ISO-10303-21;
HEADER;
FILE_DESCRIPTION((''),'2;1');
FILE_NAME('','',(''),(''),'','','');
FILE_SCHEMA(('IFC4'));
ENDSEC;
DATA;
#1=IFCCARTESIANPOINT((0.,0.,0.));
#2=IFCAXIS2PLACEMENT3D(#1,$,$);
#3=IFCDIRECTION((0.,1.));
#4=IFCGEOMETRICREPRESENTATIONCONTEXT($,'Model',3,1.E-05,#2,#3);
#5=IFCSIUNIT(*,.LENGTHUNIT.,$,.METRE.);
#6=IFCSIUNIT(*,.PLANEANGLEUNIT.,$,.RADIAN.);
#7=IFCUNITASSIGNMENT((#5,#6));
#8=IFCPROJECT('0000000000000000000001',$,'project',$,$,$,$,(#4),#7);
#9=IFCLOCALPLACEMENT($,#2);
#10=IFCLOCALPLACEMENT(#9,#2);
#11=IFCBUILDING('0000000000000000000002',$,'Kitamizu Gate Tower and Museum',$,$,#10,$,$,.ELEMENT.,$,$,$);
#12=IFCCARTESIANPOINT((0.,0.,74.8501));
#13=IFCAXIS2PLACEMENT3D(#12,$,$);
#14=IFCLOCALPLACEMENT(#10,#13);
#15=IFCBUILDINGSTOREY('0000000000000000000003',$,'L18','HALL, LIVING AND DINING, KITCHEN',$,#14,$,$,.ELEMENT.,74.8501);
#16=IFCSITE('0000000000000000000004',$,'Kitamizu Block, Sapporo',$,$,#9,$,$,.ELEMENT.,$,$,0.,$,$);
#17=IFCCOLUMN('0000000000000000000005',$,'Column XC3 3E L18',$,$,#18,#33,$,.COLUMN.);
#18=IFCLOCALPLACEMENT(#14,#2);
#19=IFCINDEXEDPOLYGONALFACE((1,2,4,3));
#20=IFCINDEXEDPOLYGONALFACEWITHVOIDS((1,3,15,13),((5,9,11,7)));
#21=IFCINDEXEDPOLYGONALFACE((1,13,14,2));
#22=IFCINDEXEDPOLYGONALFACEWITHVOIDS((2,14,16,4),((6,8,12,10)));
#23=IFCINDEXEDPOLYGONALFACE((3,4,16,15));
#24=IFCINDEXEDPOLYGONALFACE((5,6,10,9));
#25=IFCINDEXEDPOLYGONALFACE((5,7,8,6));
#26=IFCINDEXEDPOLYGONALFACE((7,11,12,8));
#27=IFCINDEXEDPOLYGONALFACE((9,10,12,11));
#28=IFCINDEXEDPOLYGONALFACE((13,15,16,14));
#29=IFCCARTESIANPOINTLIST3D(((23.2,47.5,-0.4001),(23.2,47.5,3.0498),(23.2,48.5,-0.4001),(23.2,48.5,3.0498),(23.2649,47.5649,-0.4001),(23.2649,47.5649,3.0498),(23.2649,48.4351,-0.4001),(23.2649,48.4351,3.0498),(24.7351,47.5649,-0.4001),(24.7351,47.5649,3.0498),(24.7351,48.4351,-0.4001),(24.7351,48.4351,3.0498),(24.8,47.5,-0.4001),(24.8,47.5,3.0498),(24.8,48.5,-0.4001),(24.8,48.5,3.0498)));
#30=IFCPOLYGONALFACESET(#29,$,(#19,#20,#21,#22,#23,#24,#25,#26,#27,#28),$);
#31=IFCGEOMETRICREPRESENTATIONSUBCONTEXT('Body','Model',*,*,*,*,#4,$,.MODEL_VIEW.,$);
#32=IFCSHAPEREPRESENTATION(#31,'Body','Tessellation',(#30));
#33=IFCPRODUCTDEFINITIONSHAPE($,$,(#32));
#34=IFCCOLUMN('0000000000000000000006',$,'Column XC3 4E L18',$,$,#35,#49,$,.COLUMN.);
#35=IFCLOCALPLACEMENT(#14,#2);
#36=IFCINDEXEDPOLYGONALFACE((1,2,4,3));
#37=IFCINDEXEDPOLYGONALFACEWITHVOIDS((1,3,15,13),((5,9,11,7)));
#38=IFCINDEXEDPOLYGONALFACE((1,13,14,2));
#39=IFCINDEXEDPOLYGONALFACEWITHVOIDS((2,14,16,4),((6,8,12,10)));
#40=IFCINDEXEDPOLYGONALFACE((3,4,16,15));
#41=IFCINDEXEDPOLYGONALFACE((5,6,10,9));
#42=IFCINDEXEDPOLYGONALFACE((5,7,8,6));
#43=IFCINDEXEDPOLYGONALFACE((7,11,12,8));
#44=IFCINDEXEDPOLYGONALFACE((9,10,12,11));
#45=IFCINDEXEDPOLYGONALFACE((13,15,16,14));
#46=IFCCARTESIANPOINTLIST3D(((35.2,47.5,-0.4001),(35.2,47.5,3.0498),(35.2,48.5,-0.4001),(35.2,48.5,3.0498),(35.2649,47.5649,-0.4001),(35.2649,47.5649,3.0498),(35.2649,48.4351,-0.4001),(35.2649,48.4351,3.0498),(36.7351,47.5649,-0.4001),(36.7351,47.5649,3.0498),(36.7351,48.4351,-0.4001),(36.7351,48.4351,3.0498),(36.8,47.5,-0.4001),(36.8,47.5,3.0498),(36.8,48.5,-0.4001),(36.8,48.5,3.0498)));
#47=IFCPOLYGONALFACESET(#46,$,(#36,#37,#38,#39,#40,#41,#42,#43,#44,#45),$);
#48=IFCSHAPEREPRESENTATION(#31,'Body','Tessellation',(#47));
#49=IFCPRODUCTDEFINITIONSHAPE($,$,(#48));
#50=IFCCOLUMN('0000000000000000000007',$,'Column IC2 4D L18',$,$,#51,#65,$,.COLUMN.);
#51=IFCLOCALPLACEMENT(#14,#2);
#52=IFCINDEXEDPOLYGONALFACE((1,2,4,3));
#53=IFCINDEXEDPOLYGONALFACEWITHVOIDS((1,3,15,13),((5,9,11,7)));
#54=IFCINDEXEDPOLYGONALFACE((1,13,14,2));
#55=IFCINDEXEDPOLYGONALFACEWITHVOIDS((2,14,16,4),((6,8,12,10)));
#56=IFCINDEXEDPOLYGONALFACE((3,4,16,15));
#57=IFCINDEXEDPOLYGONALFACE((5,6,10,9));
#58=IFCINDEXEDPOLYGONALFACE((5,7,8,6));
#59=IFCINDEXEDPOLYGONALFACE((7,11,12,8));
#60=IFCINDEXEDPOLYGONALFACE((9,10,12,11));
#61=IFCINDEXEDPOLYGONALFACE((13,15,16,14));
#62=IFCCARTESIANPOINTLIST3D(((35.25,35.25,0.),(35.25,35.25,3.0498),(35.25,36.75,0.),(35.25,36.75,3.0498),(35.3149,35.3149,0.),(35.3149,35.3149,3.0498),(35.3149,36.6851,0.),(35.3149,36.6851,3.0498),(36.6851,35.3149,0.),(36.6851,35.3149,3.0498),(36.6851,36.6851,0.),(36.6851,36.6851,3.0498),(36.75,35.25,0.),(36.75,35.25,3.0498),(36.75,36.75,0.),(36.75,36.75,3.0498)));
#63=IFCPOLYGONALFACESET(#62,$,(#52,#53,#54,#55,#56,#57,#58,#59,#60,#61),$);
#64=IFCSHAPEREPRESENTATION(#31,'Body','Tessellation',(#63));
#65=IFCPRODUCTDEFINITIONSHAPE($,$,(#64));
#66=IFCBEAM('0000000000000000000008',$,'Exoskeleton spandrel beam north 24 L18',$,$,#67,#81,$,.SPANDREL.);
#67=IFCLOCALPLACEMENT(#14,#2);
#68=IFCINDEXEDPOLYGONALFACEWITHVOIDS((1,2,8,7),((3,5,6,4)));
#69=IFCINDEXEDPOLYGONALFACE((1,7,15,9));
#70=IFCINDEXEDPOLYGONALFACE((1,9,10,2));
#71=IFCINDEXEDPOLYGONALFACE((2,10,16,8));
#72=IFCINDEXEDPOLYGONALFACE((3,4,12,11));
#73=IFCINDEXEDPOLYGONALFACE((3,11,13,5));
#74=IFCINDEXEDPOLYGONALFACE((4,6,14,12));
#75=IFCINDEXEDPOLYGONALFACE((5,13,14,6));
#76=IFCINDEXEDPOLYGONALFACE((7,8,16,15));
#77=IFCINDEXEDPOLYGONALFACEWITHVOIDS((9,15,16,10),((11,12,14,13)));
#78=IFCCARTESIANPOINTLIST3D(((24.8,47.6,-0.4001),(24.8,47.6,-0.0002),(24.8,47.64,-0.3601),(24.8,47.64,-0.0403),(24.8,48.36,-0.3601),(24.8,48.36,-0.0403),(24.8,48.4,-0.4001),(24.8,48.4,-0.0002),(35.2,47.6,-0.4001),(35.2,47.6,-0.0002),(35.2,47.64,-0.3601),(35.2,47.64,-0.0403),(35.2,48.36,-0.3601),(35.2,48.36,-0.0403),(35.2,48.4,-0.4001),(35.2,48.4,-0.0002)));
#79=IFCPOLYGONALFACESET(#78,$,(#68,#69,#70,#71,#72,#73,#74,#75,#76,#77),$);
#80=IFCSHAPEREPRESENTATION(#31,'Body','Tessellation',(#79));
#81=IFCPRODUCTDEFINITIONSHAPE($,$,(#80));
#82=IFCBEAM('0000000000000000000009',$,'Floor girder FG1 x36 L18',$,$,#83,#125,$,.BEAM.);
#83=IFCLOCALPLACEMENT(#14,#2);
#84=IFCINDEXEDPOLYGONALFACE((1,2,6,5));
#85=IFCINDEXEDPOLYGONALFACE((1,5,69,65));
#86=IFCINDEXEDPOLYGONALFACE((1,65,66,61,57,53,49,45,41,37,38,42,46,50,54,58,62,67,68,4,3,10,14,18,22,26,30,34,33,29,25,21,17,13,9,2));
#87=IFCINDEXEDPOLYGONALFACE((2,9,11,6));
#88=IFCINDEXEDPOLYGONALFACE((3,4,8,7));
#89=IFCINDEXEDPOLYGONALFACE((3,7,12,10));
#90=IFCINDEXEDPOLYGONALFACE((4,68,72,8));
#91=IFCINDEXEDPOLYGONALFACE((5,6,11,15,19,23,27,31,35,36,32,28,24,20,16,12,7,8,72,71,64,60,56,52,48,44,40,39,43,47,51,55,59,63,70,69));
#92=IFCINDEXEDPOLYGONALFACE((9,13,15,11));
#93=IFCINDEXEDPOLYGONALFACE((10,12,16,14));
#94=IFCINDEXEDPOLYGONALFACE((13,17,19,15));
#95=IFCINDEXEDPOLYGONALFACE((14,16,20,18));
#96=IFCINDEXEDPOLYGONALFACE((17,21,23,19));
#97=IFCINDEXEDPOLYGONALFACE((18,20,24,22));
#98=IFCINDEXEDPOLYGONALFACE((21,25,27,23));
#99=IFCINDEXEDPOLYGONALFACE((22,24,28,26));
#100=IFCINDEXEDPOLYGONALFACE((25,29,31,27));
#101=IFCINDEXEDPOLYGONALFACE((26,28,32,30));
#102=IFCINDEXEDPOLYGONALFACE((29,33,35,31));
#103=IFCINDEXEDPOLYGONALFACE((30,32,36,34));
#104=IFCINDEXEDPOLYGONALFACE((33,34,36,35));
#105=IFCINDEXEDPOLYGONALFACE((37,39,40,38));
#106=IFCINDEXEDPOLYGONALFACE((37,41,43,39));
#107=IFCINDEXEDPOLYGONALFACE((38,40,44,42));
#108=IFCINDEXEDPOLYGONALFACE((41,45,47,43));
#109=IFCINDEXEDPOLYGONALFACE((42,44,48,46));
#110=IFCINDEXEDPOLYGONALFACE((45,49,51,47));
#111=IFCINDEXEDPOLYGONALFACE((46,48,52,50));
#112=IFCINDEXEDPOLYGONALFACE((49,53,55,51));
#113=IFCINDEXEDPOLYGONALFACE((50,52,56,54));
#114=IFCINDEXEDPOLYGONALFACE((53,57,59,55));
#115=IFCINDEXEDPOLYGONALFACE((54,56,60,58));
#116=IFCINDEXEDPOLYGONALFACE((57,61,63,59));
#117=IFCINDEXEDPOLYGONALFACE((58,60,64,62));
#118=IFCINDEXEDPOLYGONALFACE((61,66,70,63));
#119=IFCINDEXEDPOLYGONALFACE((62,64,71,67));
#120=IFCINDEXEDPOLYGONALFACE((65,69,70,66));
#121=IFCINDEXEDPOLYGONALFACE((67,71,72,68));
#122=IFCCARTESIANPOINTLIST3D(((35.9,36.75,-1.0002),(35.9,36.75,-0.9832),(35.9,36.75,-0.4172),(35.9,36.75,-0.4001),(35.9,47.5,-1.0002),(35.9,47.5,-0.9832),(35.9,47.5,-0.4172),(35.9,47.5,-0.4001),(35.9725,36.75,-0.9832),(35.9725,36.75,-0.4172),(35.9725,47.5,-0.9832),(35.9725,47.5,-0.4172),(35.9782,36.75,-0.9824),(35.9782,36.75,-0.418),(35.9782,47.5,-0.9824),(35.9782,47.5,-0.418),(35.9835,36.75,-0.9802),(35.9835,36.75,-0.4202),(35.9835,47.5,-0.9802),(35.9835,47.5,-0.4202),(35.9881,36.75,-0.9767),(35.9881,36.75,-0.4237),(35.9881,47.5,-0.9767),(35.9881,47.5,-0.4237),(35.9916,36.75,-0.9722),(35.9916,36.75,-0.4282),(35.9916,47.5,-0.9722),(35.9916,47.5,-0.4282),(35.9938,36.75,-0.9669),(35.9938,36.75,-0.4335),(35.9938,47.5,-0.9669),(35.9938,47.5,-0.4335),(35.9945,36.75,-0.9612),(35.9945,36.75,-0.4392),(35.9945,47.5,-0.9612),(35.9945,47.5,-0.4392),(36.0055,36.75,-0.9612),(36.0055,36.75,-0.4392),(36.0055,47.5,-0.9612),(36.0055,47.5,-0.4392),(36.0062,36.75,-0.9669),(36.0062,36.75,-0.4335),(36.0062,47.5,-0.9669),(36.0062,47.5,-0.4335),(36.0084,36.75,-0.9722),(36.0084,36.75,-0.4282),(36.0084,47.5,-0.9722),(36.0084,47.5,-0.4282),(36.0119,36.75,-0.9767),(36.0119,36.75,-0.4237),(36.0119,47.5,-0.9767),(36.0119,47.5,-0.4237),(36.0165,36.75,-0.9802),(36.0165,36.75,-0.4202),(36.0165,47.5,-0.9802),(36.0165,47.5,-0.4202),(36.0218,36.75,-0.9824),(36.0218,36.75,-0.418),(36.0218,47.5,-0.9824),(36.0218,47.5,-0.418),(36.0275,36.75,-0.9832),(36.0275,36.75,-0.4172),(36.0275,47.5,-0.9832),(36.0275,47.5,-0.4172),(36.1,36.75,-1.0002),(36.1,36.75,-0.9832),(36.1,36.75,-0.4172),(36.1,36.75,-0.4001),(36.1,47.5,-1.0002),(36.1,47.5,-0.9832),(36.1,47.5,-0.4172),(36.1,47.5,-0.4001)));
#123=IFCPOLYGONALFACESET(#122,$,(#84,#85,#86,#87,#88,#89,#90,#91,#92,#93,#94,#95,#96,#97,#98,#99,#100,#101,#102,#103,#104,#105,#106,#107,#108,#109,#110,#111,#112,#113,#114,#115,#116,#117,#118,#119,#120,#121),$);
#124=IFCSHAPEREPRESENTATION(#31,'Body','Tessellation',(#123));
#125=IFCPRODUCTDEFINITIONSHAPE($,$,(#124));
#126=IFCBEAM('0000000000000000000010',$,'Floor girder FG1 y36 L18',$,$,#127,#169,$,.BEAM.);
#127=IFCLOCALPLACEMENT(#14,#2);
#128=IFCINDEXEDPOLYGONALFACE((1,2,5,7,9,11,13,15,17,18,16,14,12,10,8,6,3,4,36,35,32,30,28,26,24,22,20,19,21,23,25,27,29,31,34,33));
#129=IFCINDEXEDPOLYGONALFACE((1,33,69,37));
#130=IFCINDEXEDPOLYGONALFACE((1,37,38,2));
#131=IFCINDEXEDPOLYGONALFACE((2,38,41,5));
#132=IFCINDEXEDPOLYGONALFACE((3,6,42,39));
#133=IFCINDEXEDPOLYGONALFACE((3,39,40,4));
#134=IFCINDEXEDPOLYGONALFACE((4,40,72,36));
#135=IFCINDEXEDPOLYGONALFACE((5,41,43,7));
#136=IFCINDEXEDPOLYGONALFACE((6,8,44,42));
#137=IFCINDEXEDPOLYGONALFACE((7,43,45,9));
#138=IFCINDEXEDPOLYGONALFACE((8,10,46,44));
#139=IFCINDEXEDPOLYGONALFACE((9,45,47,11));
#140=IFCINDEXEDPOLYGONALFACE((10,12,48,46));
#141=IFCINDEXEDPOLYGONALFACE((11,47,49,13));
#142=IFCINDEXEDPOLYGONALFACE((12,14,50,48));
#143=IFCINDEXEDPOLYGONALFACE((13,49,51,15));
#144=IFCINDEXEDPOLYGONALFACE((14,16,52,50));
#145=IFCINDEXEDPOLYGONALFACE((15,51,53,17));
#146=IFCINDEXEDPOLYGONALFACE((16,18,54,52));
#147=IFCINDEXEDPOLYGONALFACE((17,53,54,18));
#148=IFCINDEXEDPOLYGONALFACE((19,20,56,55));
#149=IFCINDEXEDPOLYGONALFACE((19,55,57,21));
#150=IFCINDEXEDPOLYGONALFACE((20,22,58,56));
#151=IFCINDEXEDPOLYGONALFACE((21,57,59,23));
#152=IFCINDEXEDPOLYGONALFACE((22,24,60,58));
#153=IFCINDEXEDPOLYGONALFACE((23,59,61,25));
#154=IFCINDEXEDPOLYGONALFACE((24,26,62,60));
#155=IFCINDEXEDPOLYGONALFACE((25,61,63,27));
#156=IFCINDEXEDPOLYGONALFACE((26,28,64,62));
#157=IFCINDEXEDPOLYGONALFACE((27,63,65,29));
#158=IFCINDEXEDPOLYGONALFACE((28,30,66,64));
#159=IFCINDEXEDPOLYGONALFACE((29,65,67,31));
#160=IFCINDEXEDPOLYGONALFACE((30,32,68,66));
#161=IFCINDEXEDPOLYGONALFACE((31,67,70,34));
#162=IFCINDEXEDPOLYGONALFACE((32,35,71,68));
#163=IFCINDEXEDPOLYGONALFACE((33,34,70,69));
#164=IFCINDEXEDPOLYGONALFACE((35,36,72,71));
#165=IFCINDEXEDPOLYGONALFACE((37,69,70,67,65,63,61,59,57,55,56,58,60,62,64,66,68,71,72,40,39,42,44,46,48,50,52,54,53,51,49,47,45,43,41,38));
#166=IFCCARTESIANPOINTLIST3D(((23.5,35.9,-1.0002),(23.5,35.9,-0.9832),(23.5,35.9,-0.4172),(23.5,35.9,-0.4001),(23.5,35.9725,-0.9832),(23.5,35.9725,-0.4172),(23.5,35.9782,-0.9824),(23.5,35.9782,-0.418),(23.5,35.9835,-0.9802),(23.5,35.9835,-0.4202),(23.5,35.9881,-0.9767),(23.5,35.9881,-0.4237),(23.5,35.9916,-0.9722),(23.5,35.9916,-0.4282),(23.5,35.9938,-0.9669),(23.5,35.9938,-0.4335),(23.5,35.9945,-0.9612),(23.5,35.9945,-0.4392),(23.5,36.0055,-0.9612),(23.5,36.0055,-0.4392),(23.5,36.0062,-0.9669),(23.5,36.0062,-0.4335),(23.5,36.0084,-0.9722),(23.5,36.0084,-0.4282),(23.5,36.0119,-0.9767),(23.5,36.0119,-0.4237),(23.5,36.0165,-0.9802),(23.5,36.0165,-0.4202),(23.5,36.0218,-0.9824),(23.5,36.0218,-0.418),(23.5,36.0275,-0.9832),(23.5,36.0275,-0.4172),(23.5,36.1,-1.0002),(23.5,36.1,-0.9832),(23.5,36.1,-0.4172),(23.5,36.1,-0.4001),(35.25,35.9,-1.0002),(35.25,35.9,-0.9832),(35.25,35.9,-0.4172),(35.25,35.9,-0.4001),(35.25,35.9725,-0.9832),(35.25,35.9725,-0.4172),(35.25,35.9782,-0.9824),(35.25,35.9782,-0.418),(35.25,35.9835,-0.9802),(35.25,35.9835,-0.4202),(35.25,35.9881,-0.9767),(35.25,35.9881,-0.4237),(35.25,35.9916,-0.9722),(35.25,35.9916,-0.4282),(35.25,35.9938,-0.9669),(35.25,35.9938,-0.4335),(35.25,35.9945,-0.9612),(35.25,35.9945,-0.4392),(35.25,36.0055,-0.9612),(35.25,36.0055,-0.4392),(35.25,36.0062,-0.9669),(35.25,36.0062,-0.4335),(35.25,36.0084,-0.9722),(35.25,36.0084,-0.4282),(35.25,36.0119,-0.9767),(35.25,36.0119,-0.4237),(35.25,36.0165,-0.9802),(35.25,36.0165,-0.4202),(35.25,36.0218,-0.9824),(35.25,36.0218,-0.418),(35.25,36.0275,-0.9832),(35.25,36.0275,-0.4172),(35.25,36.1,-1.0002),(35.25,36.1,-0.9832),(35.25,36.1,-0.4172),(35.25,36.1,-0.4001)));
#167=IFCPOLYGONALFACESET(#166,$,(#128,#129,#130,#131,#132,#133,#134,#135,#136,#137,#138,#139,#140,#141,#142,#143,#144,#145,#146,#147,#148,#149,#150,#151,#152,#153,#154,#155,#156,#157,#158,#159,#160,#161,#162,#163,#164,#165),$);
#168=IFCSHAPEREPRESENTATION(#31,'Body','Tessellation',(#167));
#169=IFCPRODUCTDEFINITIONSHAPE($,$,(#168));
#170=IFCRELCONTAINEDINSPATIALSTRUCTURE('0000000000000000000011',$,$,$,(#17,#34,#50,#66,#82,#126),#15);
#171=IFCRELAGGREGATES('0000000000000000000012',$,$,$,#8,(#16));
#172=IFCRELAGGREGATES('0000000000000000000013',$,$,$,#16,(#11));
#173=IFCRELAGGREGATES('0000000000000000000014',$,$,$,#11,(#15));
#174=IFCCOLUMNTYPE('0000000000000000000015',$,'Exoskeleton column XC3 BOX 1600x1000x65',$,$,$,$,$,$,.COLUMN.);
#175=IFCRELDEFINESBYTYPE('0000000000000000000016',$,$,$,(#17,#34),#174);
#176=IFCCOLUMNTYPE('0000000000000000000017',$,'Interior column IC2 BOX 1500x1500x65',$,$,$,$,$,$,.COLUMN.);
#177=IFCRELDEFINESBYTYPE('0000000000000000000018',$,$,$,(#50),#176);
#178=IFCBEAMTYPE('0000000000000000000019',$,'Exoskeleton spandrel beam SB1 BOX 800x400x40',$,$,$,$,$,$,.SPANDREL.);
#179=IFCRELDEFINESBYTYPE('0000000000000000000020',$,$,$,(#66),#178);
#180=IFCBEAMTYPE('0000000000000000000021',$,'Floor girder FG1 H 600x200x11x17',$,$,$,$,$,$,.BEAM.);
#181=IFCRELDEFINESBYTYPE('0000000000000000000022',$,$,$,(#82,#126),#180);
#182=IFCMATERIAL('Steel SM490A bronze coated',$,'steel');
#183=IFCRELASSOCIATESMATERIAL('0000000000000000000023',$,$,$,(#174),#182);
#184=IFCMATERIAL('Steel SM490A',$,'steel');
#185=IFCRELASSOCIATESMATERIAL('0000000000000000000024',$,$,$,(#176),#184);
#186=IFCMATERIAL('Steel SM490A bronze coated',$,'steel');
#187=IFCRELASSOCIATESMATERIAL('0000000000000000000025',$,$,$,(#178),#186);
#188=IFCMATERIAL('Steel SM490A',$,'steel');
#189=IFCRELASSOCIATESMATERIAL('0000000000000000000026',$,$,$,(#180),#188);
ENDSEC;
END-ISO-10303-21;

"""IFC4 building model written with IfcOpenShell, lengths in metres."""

from ifc_helpers import new_model, si_unit, direction, frame, origin, origin_2d, place, context, subcontext, project, spatial, hollow_rectangle, i_section, extrude, material, material_profile, profile_set, type_object, element, save


model = new_model("IFC4")

# Units and contexts
model_context = context("Model", 3, precision=1e-05, world=origin(), true_north=direction((0.0, 1.0)))
body_context = subcontext(model_context, "Body", "Model", "MODEL_VIEW")
ifc_project = project(units=[si_unit("LENGTHUNIT", "METRE"), si_unit("PLANEANGLEUNIT", "RADIAN")], contexts=[model_context])

# Site, building, storey
site_placement = place(None, origin())
site = spatial("IfcSite", under=ifc_project, at=site_placement, Name="Kitamizu Block, Sapporo", CompositionType="ELEMENT", RefElevation=0.0)
building_placement = place(site_placement, origin())
building = spatial("IfcBuilding", under=site, at=building_placement, Name="Kitamizu Gate Tower and Museum", CompositionType="ELEMENT")
storey_placement = place(building_placement, frame((0.0, 0.0, 74.8501)))
storey = spatial("IfcBuildingStorey", under=building, at=storey_placement, Name="L18", Description="HALL, LIVING AND DINING, KITCHEN", CompositionType="ELEMENT", Elevation=74.8501)

# Columns
ifc_material_1 = material(Name="Steel SM490A bronze coated", Category="steel")
ifc_material_profile_1 = material_profile(ifc_material_1, hollow_rectangle(XDim=1.6001, YDim=1.0, WallThickness=0.0649, at=origin_2d()), Name="BOX 1600x1000x65")
ifc_profile_set_1 = profile_set([ifc_material_profile_1], Name="Steel SM490A bronze coated")
column_type_1 = type_object("IfcColumnType", Name="Exoskeleton column XC3 BOX 1600x1000x65", PredefinedType="COLUMN", material=ifc_profile_set_1)
for number, where, z_axis, x_axis, name in (
    (1, (24.0, 48.0, -0.4001), (0.0, 0.0, 1.0), (1.0, 0.0, 0.0), "Column XC3 3E L18"),
    (2, (36.0, 48.0, -0.4001), (0.0, 0.0, 1.0), (1.0, 0.0, 0.0), "Column XC3 4E L18"),
):
    element("IfcColumn", number, at=place(storey_placement, frame(where, z_axis=z_axis, x_axis=x_axis)), inside=storey, type_object=column_type_1, Name=name, PredefinedType="COLUMN", context=body_context, shape_type="SweptSolid", body=[
        extrude(hollow_rectangle(XDim=1.6001, YDim=1.0, WallThickness=0.0649, at=origin_2d()), origin(), (0.0, 0.0, 1.0), 3.45),
    ])
ifc_material_2 = material(Name="Steel SM490A", Category="steel")
ifc_material_profile_2 = material_profile(ifc_material_2, hollow_rectangle(XDim=1.5, YDim=1.5, WallThickness=0.0649, at=origin_2d()), Name="BOX 1500x1500x65")
ifc_profile_set_2 = profile_set([ifc_material_profile_2], Name="Steel SM490A")
column_type_2 = type_object("IfcColumnType", Name="Interior column IC2 BOX 1500x1500x65", PredefinedType="COLUMN", material=ifc_profile_set_2)
column_placement = place(storey_placement, frame((36.0, 36.0, 0.0), z_axis=(0.0, 0.0, 1.0), x_axis=(1.0, 0.0, 0.0)))
element("IfcColumn", 3, at=column_placement, inside=storey, type_object=column_type_2, Name="Column IC2 4D L18", PredefinedType="COLUMN", context=body_context, shape_type="SweptSolid", body=[
    extrude(hollow_rectangle(XDim=1.5, YDim=1.5, WallThickness=0.0649, at=origin_2d()), origin(), (0.0, 0.0, 1.0), 3.0498),
])

# Beams
ifc_material_3 = material(Name="Steel SM490A bronze coated", Category="steel")
ifc_material_profile_3 = material_profile(ifc_material_3, hollow_rectangle(XDim=0.8, YDim=0.3999, WallThickness=0.04, at=origin_2d()), Name="BOX 800x400x40")
ifc_profile_set_3 = profile_set([ifc_material_profile_3], Name="Steel SM490A bronze coated")
beam_type_1 = type_object("IfcBeamType", Name="Exoskeleton spandrel beam SB1 BOX 800x400x40", PredefinedType="SPANDREL", material=ifc_profile_set_3)
beam_1_placement = place(storey_placement, frame((24.8, 48.0, -0.2002), z_axis=(1.0, 0.0, 0.0), x_axis=(0.0, 1.0, 0.0)))
element("IfcBeam", 4, at=beam_1_placement, inside=storey, type_object=beam_type_1, Name="Exoskeleton spandrel beam north 24 L18", PredefinedType="SPANDREL", context=body_context, shape_type="SweptSolid", body=[
    extrude(hollow_rectangle(XDim=0.8, YDim=0.3999, WallThickness=0.04, at=origin_2d()), origin(), (0.0, 0.0, 1.0), 10.3999),
])
ifc_material_4 = material(Name="Steel SM490A", Category="steel")
ifc_material_profile_4 = material_profile(ifc_material_4, i_section(OverallWidth=0.2, OverallDepth=0.6001, WebThickness=0.011, FlangeThickness=0.0171, FilletRadius=0.022, at=origin_2d()), Name="H-600x200x11x17")
ifc_profile_set_4 = profile_set([ifc_material_profile_4], Name="Steel SM490A")
beam_type_2 = type_object("IfcBeamType", Name="Floor girder FG1 H 600x200x11x17", PredefinedType="BEAM", material=ifc_profile_set_4)
beam_2_placement = place(storey_placement, frame((36.0, 36.75, -0.7002), z_axis=(0.0, 1.0, 0.0), x_axis=(-1.0, 0.0, 0.0)))
element("IfcBeam", 5, at=beam_2_placement, inside=storey, type_object=beam_type_2, Name="Floor girder FG1 x36 L18", PredefinedType="BEAM", context=body_context, shape_type="SweptSolid", body=[
    extrude(i_section(OverallWidth=0.2, OverallDepth=0.6001, WebThickness=0.011, FlangeThickness=0.0171, FilletRadius=0.022, at=origin_2d()), origin(), (0.0, 0.0, 1.0), 10.75),
])
beam_3_placement = place(storey_placement, frame((23.5, 36.0, -0.7002), z_axis=(1.0, 0.0, 0.0), x_axis=(0.0, 1.0, 0.0)))
element("IfcBeam", 6, at=beam_3_placement, inside=storey, type_object=beam_type_2, Name="Floor girder FG1 y36 L18", PredefinedType="BEAM", context=body_context, shape_type="SweptSolid", body=[
    extrude(i_section(OverallWidth=0.2, OverallDepth=0.6001, WebThickness=0.011, FlangeThickness=0.0171, FilletRadius=0.022, at=origin_2d()), origin(), (0.0, 0.0, 1.0), 11.75),
])

save(model, "model.ifc")
